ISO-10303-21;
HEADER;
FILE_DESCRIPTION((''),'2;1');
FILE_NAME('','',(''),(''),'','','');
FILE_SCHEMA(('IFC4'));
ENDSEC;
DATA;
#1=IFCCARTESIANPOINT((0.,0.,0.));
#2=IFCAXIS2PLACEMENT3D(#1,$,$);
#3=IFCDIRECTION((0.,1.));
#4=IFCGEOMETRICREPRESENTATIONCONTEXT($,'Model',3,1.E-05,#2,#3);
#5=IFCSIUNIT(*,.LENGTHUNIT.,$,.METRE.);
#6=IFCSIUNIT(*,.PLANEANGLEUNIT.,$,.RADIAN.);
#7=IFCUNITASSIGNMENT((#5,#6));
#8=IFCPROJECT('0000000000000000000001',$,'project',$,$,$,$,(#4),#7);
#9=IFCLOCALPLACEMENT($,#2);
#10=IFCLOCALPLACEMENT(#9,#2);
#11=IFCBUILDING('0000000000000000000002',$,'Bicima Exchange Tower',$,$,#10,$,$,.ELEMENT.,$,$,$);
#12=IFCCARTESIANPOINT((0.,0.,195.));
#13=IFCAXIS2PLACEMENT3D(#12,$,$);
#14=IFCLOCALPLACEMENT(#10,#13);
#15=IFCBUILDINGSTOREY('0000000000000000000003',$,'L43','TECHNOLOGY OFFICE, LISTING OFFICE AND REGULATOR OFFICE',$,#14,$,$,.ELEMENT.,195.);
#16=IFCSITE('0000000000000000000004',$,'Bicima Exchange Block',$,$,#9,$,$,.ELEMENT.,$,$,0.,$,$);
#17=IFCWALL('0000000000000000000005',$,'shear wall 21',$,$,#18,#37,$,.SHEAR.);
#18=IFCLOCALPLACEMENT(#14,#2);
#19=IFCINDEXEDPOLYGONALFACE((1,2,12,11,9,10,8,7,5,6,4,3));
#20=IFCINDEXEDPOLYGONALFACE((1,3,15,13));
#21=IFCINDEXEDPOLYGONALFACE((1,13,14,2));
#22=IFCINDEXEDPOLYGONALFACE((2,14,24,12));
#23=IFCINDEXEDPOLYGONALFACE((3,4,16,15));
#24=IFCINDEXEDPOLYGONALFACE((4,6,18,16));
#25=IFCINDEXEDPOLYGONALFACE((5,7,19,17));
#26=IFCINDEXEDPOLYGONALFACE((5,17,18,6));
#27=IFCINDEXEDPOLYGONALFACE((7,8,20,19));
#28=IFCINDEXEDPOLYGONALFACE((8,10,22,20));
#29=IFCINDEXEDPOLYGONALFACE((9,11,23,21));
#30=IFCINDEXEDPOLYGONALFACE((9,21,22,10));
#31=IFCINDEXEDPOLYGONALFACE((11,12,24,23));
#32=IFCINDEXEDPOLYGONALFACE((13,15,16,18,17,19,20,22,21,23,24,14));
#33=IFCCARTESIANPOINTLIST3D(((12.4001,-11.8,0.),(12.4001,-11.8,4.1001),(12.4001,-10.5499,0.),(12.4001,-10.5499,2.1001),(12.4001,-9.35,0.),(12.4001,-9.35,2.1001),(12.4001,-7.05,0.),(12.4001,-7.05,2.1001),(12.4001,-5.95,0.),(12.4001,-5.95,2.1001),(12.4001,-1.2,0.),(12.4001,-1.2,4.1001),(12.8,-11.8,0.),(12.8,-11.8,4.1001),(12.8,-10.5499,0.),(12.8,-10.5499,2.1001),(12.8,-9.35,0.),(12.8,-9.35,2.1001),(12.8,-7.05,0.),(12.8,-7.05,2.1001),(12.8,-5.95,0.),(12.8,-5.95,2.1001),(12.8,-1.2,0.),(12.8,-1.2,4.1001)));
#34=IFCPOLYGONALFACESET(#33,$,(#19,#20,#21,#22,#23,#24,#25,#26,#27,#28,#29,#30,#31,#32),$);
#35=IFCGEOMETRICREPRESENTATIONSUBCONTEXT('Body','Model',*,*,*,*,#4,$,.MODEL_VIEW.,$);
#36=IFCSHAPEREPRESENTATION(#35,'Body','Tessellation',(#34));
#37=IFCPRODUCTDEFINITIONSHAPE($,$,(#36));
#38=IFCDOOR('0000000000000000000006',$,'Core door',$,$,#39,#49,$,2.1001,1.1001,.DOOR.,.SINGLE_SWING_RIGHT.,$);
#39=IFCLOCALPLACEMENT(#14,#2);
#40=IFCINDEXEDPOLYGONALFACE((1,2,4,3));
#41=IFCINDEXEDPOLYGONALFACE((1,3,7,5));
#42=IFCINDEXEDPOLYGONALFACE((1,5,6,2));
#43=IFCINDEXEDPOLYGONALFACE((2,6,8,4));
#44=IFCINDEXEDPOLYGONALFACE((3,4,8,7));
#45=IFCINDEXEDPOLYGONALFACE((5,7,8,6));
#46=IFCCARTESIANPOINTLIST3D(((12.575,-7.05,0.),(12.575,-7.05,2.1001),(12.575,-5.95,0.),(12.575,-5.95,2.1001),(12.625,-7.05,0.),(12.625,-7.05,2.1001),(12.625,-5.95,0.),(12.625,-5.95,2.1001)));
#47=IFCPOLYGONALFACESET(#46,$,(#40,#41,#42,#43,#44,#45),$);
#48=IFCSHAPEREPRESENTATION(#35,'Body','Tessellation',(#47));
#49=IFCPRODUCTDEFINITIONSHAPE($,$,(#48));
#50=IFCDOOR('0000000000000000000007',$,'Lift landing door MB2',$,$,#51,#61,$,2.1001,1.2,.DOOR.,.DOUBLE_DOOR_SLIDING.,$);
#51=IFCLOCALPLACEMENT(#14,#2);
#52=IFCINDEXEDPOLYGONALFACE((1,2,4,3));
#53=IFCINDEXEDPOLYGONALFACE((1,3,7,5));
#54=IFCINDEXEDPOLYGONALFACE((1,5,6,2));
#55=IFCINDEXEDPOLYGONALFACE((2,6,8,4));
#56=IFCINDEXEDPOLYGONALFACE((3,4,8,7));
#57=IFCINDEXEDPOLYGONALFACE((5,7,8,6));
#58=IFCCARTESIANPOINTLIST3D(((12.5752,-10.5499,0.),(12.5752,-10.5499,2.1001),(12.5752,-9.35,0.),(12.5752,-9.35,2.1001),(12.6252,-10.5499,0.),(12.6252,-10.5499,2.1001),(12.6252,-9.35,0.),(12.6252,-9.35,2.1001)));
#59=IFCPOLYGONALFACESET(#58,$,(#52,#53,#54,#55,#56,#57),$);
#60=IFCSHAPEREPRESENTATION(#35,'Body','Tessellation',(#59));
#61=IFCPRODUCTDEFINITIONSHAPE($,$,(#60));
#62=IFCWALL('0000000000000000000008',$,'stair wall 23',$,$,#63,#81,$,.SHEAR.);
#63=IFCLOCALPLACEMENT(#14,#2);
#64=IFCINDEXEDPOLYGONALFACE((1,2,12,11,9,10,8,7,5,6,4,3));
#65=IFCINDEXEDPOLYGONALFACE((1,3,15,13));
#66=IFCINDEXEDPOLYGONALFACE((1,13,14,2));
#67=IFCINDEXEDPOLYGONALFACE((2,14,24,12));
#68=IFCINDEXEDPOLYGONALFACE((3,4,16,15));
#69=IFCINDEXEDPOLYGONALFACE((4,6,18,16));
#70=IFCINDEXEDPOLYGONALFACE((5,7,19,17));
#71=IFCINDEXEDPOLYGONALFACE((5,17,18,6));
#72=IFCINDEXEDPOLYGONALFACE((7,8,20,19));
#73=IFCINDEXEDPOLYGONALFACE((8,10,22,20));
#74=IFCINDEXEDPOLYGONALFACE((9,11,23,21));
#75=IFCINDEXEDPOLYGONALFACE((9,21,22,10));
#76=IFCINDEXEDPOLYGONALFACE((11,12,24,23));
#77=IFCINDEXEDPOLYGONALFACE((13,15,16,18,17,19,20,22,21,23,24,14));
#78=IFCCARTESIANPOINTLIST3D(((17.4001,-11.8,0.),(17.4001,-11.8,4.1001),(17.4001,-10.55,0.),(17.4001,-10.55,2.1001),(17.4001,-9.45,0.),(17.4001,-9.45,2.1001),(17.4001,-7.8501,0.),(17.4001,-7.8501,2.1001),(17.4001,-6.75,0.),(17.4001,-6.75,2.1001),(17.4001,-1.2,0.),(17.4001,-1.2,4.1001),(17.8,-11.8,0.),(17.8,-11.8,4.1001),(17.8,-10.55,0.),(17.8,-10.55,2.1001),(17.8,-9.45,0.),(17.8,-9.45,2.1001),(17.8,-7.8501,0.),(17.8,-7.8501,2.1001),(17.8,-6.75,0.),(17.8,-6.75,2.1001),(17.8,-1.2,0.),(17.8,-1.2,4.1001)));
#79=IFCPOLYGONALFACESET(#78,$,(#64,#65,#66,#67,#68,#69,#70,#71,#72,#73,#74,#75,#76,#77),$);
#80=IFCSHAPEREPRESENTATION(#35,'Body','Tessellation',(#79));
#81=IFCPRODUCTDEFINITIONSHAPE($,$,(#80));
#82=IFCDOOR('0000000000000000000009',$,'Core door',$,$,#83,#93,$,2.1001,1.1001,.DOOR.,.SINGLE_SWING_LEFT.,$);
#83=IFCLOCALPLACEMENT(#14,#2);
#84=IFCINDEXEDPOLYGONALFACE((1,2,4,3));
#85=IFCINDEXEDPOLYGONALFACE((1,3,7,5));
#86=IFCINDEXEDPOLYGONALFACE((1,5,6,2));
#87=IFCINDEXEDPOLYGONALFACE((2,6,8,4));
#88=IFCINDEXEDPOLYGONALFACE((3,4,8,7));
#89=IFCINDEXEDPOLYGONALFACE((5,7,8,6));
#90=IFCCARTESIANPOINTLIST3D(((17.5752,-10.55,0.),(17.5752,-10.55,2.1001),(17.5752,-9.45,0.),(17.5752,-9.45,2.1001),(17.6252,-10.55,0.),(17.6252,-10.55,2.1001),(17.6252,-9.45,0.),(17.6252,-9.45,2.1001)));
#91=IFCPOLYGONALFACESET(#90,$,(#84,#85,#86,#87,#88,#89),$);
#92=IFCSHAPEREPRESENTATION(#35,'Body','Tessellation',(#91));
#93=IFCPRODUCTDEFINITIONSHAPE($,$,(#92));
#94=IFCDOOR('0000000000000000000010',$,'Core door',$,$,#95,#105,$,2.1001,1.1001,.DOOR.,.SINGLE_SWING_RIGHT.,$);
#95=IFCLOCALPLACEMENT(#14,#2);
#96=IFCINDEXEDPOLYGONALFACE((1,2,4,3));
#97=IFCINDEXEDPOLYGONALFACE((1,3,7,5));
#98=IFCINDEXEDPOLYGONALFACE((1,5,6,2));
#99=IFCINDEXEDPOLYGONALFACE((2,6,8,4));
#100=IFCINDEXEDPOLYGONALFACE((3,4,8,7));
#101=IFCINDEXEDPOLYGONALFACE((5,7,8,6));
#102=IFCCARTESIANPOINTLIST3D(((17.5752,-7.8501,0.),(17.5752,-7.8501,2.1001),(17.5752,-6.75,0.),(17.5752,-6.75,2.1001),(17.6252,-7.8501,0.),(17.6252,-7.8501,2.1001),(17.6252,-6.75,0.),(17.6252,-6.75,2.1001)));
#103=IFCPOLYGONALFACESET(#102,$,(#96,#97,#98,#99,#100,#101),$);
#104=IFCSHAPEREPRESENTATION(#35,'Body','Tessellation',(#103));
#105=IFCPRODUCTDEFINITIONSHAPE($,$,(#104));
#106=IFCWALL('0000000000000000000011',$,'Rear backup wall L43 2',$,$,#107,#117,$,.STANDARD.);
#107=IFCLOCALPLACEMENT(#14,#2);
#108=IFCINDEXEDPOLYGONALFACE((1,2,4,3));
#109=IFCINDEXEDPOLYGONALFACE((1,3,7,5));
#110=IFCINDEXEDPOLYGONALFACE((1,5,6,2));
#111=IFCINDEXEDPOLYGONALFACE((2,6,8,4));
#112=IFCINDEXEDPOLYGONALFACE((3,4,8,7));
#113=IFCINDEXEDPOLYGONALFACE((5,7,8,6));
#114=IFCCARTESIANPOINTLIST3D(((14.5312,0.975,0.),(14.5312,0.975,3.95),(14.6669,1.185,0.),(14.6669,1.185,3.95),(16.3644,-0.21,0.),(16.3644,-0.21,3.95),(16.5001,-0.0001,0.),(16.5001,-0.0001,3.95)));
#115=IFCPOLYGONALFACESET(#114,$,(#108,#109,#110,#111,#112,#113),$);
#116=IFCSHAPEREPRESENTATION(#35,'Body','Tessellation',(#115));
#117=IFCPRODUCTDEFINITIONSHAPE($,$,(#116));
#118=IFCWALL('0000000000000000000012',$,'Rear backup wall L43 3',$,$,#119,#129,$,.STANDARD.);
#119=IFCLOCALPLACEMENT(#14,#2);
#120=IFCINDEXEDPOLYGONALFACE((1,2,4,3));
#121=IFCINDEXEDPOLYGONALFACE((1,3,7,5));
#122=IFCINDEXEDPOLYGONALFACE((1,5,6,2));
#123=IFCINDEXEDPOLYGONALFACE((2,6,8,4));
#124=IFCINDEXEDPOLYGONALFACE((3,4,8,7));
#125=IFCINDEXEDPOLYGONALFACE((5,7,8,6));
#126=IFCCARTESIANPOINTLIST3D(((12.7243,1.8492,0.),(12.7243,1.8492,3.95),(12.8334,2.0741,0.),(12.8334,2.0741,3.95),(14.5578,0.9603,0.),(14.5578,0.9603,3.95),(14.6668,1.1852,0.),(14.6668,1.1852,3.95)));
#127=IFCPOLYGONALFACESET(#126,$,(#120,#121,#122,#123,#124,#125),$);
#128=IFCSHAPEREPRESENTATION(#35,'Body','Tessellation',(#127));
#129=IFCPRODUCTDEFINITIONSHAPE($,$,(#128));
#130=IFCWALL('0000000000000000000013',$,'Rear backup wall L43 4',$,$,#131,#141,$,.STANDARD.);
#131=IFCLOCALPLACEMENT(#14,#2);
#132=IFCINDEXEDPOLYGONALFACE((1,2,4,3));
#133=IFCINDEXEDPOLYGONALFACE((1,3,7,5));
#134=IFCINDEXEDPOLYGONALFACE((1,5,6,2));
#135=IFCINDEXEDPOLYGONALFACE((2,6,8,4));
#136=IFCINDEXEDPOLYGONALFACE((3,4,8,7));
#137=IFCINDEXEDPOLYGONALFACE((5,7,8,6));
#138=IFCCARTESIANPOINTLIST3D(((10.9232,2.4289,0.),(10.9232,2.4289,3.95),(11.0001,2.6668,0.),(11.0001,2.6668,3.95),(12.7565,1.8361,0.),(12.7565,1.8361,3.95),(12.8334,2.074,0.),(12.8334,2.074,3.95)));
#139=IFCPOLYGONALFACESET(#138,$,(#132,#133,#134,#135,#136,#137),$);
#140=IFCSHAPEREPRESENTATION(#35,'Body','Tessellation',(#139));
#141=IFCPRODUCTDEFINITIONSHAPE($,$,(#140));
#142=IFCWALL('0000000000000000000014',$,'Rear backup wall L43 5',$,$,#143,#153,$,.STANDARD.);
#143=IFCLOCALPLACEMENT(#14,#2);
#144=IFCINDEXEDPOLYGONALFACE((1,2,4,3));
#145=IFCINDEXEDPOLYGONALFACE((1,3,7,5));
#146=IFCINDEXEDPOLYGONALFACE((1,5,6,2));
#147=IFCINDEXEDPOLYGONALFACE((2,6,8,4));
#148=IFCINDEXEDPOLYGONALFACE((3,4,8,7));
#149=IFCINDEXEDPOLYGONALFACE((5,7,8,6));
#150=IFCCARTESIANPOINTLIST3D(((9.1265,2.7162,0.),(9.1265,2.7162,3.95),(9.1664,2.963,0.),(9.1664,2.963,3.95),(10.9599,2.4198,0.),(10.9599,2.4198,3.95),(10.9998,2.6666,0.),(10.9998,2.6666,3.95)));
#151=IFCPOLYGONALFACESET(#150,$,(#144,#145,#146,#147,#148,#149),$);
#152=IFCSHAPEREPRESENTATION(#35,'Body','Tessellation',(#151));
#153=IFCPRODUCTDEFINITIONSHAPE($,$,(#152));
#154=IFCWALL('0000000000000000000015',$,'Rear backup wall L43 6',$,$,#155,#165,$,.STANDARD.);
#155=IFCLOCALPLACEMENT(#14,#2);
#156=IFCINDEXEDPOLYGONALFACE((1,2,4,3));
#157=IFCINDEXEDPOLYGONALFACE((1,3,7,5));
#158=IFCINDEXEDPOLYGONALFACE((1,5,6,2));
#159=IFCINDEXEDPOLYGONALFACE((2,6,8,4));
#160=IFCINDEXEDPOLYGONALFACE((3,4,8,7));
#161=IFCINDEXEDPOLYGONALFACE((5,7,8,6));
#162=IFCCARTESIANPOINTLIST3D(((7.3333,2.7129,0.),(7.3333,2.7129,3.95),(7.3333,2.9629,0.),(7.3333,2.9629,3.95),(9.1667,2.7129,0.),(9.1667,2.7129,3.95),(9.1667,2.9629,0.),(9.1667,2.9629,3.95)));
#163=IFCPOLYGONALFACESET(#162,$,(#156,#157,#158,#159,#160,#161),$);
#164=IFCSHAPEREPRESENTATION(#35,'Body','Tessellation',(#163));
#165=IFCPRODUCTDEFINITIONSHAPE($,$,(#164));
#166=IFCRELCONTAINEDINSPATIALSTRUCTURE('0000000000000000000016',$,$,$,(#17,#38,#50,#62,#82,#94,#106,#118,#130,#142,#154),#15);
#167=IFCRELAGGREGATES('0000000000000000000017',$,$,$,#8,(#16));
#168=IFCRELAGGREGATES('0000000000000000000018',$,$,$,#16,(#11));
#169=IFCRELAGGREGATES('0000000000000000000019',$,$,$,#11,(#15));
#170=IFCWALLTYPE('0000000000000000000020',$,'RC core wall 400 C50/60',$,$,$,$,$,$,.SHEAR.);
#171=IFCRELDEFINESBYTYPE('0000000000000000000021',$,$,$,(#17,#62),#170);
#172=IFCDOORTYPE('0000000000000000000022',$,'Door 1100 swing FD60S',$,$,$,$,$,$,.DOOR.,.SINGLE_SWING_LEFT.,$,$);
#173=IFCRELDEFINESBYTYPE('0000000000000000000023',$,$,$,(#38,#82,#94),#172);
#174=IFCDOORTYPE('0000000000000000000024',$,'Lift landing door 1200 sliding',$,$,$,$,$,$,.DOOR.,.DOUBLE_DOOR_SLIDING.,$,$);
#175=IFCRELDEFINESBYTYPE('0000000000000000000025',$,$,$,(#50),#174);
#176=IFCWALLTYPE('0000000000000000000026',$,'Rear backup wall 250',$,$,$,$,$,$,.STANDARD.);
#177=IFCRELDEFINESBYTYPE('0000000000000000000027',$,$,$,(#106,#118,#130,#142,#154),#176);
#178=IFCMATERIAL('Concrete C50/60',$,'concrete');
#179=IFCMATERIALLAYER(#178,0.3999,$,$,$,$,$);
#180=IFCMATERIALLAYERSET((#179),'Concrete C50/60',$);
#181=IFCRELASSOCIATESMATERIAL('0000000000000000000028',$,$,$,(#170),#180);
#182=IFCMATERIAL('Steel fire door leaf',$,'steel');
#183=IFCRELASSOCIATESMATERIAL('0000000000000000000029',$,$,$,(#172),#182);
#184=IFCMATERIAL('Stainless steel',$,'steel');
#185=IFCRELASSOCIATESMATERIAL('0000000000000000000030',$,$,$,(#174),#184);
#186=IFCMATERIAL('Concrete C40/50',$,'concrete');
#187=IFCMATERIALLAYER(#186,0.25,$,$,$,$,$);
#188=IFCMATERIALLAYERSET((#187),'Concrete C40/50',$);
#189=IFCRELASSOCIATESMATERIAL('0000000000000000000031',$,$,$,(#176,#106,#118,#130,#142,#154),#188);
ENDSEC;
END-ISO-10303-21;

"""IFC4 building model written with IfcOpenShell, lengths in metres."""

from ifc_helpers import new_model, si_unit, direction, frame, frame_2d, origin, place, context, subcontext, project, spatial, rectangle, extrude, material, layer, layer_set, layer_usage, type_object, element, fill, save


model = new_model("IFC4")

# Units and contexts
model_context = context("Model", 3, precision=1e-05, world=origin(), true_north=direction((0.0, 1.0)))
body_context = subcontext(model_context, "Body", "Model", "MODEL_VIEW")
ifc_project = project(units=[si_unit("LENGTHUNIT", "METRE"), si_unit("PLANEANGLEUNIT", "RADIAN")], contexts=[model_context])

# Site, building, storey
site_placement = place(None, origin())
site = spatial("IfcSite", under=ifc_project, at=site_placement, Name="Bicima Exchange Block", CompositionType="ELEMENT", RefElevation=0.0)
building_placement = place(site_placement, origin())
building = spatial("IfcBuilding", under=site, at=building_placement, Name="Bicima Exchange Tower", CompositionType="ELEMENT")
storey_placement = place(building_placement, frame((0.0, 0.0, 195.0)))
storey = spatial("IfcBuildingStorey", under=building, at=storey_placement, Name="L43", Description="TECHNOLOGY OFFICE, LISTING OFFICE AND REGULATOR OFFICE", CompositionType="ELEMENT", Elevation=195.0)

# Shared definitions
ifc_material_1 = material(Name="Concrete C50/60", Category="concrete")
ifc_layer_1 = layer(ifc_material_1, 0.3999)
ifc_layer_set_1 = layer_set([ifc_layer_1], Name="Concrete C50/60")
wall_type_1 = type_object("IfcWallType", Name="RC core wall 400 C50/60", PredefinedType="SHEAR", material=ifc_layer_set_1)
ifc_material_2 = material(Name="Steel fire door leaf", Category="steel")

# Walls, openings, doors
wall_1_placement = place(storey_placement, frame((12.6001, -11.8, 0.0), z_axis=(0.0, 0.0, 1.0), x_axis=(0.0, 1.0, 0.0)))
wall_1 = element("IfcWall", 1, at=wall_1_placement, inside=storey, type_object=wall_type_1, Name="shear wall 21", PredefinedType="SHEAR", context=body_context, shape_type="SweptSolid", body=[
    extrude(rectangle(XDim=10.6001, YDim=0.3999, at=frame_2d((5.3, 0.0))), origin(), (0.0, 0.0, 1.0), 4.1001),
])
opening_1_placement = place(wall_1_placement, frame((1.25, 0.0, 0.0)))
opening_1 = element("IfcOpeningElement", 2, at=opening_1_placement, cuts=wall_1, PredefinedType="OPENING", context=body_context, shape_type="SweptSolid", body=[
    extrude(rectangle(XDim=1.2, YDim=2.1001, at=frame_2d((0.6001, 1.05))), frame((0.0, 0.2119, 0.0), z_axis=(0.0, -1.0, 0.0), x_axis=(1.0, 0.0, 0.0)), (0.0, 0.0, 1.0), 0.4238),
])
opening_2_placement = place(wall_1_placement, frame((4.75, 0.0, 0.0)))
opening_2 = element("IfcOpeningElement", 3, at=opening_2_placement, cuts=wall_1, PredefinedType="OPENING", context=body_context, shape_type="SweptSolid", body=[
    extrude(rectangle(XDim=1.1001, YDim=2.1001, at=frame_2d((0.55, 1.05))), frame((0.0, 0.2119, 0.0), z_axis=(0.0, -1.0, 0.0), x_axis=(1.0, 0.0, 0.0)), (0.0, 0.0, 1.0), 0.4238),
])
door_type_1 = type_object("IfcDoorType", Name="Door 1100 swing FD60S", OperationType="SINGLE_SWING_LEFT", PredefinedType="DOOR", material=ifc_material_2)
door_1_placement = place(opening_2_placement, frame((1.1001, 0.0, 0.0), z_axis=(0.0, 0.0, 1.0), x_axis=(-1.0, 0.0, 0.0)))
door_1 = element("IfcDoor", 4, at=door_1_placement, inside=storey, type_object=door_type_1, Name="Core door", OperationType="SINGLE_SWING_RIGHT", OverallHeight=2.1001, OverallWidth=1.1001, PredefinedType="DOOR", context=body_context, shape_type="SweptSolid", body=[
    extrude(rectangle(XDim=1.1001, YDim=2.1001, at=frame_2d((0.55, 1.05))), frame((0.0, 0.0249, 0.0), z_axis=(0.0, -1.0, 0.0), x_axis=(1.0, 0.0, 0.0)), (0.0, 0.0, 1.0), 0.05),
])
fill(opening_2, door_1)
ifc_material_3 = material(Name="Stainless steel", Category="steel")
door_type_2 = type_object("IfcDoorType", Name="Lift landing door 1200 sliding", OperationType="DOUBLE_DOOR_SLIDING", PredefinedType="DOOR", material=ifc_material_3)
door_2_placement = place(opening_1_placement, origin())
door_2 = element("IfcDoor", 5, at=door_2_placement, inside=storey, type_object=door_type_2, Name="Lift landing door MB2", OperationType="DOUBLE_DOOR_SLIDING", OverallHeight=2.1001, OverallWidth=1.2, PredefinedType="DOOR", context=body_context, shape_type="SweptSolid", body=[
    extrude(rectangle(XDim=1.2, YDim=2.1001, at=frame_2d((0.6001, 1.05))), frame((0.0, 0.0249, 0.0), z_axis=(0.0, -1.0, 0.0), x_axis=(1.0, 0.0, 0.0)), (0.0, 0.0, 1.0), 0.05),
])
fill(opening_1, door_2)
wall_2_placement = place(storey_placement, frame((17.6001, -11.8, 0.0), z_axis=(0.0, 0.0, 1.0), x_axis=(0.0, 1.0, 0.0)))
wall_2 = element("IfcWall", 6, at=wall_2_placement, inside=storey, type_object=wall_type_1, Name="stair wall 23", PredefinedType="SHEAR", context=body_context, shape_type="SweptSolid", body=[
    extrude(rectangle(XDim=10.6001, YDim=0.3999, at=frame_2d((5.3, 0.0))), origin(), (0.0, 0.0, 1.0), 4.1001),
])
opening_3_placement = place(wall_2_placement, frame((1.25, 0.0, 0.0)))
opening_3 = element("IfcOpeningElement", 7, at=opening_3_placement, cuts=wall_2, PredefinedType="OPENING", context=body_context, shape_type="SweptSolid", body=[
    extrude(rectangle(XDim=1.1001, YDim=2.1001, at=frame_2d((0.55, 1.05))), frame((0.0, 0.2119, 0.0), z_axis=(0.0, -1.0, 0.0), x_axis=(1.0, 0.0, 0.0)), (0.0, 0.0, 1.0), 0.4238),
])
opening_4_placement = place(wall_2_placement, frame((3.95, 0.0, 0.0)))
opening_4 = element("IfcOpeningElement", 8, at=opening_4_placement, cuts=wall_2, PredefinedType="OPENING", context=body_context, shape_type="SweptSolid", body=[
    extrude(rectangle(XDim=1.1001, YDim=2.1001, at=frame_2d((0.55, 1.05))), frame((0.0, 0.2119, 0.0), z_axis=(0.0, -1.0, 0.0), x_axis=(1.0, 0.0, 0.0)), (0.0, 0.0, 1.0), 0.4238),
])
door_3_placement = place(opening_3_placement, origin())
door_3 = element("IfcDoor", 9, at=door_3_placement, inside=storey, type_object=door_type_1, Name="Core door", OperationType="SINGLE_SWING_LEFT", OverallHeight=2.1001, OverallWidth=1.1001, PredefinedType="DOOR", context=body_context, shape_type="SweptSolid", body=[
    extrude(rectangle(XDim=1.1001, YDim=2.1001, at=frame_2d((0.55, 1.05))), frame((0.0, 0.0249, 0.0), z_axis=(0.0, -1.0, 0.0), x_axis=(1.0, 0.0, 0.0)), (0.0, 0.0, 1.0), 0.05),
])
fill(opening_3, door_3)
door_4_placement = place(opening_4_placement, origin())
door_4 = element("IfcDoor", 10, at=door_4_placement, inside=storey, type_object=door_type_1, Name="Core door", OperationType="SINGLE_SWING_RIGHT", OverallHeight=2.1001, OverallWidth=1.1001, PredefinedType="DOOR", context=body_context, shape_type="SweptSolid", body=[
    extrude(rectangle(XDim=1.1001, YDim=2.1001, at=frame_2d((0.55, 1.05))), frame((0.0, 0.0249, 0.0), z_axis=(0.0, -1.0, 0.0), x_axis=(1.0, 0.0, 0.0)), (0.0, 0.0, 1.0), 0.05),
])
fill(opening_4, door_4)

# Walls
ifc_material_4 = material(Name="Concrete C40/50", Category="concrete")
ifc_layer_2 = layer(ifc_material_4, 0.25)
ifc_layer_set_2 = layer_set([ifc_layer_2], Name="Concrete C40/50")
ifc_layer_usage = layer_usage(ifc_layer_set_2, "AXIS2", "POSITIVE", -0.125)
wall_type_2 = type_object("IfcWallType", Name="Rear backup wall 250", PredefinedType="STANDARD", material=ifc_layer_set_2)
wall_3_placement = place(storey_placement, frame((16.4321, -0.105, 0.0), z_axis=(0.0, 0.0, 1.0), x_axis=(-0.839813, 0.542876, 0.0)))
element("IfcWall", 11, at=wall_3_placement, inside=storey, type_object=wall_type_2, material=ifc_layer_usage, Name="Rear backup wall L43 2", PredefinedType="STANDARD", context=body_context, shape_type="SweptSolid", body=[
    extrude(rectangle(XDim=2.1829, YDim=0.25, at=frame_2d((1.0913, 0.0))), origin(), (0.0, 0.0, 1.0), 3.95),
])
wall_4_placement = place(storey_placement, frame((14.6123, 1.0728, 0.0), z_axis=(0.0, 0.0, 1.0), x_axis=(-0.899824, 0.436253, 0.0)))
element("IfcWall", 12, at=wall_4_placement, inside=storey, type_object=wall_type_2, material=ifc_layer_usage, Name="Rear backup wall L43 3", PredefinedType="STANDARD", context=body_context, shape_type="SweptSolid", body=[
    extrude(rectangle(XDim=2.0376, YDim=0.25, at=frame_2d((1.0188, 0.0))), origin(), (0.0, 0.0, 1.0), 3.95),
])
wall_5_placement = place(storey_placement, frame((12.7949, 1.9551, 0.0), z_axis=(0.0, 0.0, 1.0), x_axis=(-0.951496, 0.307662, 0.0)))
element("IfcWall", 13, at=wall_5_placement, inside=storey, type_object=wall_type_2, material=ifc_layer_usage, Name="Rear backup wall L43 4", PredefinedType="STANDARD", context=body_context, shape_type="SweptSolid", body=[
    extrude(rectangle(XDim=1.9268, YDim=0.25, at=frame_2d((0.9634, 0.0))), origin(), (0.0, 0.0, 1.0), 3.95),
])
wall_6_placement = place(storey_placement, frame((10.98, 2.5432, 0.0), z_axis=(0.0, 0.0, 1.0), x_axis=(-0.987182, 0.1596, 0.0)))
element("IfcWall", 14, at=wall_6_placement, inside=storey, type_object=wall_type_2, material=ifc_layer_usage, Name="Rear backup wall L43 5", PredefinedType="STANDARD", context=body_context, shape_type="SweptSolid", body=[
    extrude(rectangle(XDim=1.8572, YDim=0.25, at=frame_2d((0.9287, 0.0))), origin(), (0.0, 0.0, 1.0), 3.95),
])
wall_7_placement = place(storey_placement, frame((9.1667, 2.8379, 0.0), z_axis=(0.0, 0.0, 1.0), x_axis=(-1.0, 0.0, 0.0)))
element("IfcWall", 15, at=wall_7_placement, inside=storey, type_object=wall_type_2, material=ifc_layer_usage, Name="Rear backup wall L43 6", PredefinedType="STANDARD", context=body_context, shape_type="SweptSolid", body=[
    extrude(rectangle(XDim=1.8335, YDim=0.25, at=frame_2d((0.9167, 0.0))), origin(), (0.0, 0.0, 1.0), 3.95),
])

save(model, "model.ifc")
